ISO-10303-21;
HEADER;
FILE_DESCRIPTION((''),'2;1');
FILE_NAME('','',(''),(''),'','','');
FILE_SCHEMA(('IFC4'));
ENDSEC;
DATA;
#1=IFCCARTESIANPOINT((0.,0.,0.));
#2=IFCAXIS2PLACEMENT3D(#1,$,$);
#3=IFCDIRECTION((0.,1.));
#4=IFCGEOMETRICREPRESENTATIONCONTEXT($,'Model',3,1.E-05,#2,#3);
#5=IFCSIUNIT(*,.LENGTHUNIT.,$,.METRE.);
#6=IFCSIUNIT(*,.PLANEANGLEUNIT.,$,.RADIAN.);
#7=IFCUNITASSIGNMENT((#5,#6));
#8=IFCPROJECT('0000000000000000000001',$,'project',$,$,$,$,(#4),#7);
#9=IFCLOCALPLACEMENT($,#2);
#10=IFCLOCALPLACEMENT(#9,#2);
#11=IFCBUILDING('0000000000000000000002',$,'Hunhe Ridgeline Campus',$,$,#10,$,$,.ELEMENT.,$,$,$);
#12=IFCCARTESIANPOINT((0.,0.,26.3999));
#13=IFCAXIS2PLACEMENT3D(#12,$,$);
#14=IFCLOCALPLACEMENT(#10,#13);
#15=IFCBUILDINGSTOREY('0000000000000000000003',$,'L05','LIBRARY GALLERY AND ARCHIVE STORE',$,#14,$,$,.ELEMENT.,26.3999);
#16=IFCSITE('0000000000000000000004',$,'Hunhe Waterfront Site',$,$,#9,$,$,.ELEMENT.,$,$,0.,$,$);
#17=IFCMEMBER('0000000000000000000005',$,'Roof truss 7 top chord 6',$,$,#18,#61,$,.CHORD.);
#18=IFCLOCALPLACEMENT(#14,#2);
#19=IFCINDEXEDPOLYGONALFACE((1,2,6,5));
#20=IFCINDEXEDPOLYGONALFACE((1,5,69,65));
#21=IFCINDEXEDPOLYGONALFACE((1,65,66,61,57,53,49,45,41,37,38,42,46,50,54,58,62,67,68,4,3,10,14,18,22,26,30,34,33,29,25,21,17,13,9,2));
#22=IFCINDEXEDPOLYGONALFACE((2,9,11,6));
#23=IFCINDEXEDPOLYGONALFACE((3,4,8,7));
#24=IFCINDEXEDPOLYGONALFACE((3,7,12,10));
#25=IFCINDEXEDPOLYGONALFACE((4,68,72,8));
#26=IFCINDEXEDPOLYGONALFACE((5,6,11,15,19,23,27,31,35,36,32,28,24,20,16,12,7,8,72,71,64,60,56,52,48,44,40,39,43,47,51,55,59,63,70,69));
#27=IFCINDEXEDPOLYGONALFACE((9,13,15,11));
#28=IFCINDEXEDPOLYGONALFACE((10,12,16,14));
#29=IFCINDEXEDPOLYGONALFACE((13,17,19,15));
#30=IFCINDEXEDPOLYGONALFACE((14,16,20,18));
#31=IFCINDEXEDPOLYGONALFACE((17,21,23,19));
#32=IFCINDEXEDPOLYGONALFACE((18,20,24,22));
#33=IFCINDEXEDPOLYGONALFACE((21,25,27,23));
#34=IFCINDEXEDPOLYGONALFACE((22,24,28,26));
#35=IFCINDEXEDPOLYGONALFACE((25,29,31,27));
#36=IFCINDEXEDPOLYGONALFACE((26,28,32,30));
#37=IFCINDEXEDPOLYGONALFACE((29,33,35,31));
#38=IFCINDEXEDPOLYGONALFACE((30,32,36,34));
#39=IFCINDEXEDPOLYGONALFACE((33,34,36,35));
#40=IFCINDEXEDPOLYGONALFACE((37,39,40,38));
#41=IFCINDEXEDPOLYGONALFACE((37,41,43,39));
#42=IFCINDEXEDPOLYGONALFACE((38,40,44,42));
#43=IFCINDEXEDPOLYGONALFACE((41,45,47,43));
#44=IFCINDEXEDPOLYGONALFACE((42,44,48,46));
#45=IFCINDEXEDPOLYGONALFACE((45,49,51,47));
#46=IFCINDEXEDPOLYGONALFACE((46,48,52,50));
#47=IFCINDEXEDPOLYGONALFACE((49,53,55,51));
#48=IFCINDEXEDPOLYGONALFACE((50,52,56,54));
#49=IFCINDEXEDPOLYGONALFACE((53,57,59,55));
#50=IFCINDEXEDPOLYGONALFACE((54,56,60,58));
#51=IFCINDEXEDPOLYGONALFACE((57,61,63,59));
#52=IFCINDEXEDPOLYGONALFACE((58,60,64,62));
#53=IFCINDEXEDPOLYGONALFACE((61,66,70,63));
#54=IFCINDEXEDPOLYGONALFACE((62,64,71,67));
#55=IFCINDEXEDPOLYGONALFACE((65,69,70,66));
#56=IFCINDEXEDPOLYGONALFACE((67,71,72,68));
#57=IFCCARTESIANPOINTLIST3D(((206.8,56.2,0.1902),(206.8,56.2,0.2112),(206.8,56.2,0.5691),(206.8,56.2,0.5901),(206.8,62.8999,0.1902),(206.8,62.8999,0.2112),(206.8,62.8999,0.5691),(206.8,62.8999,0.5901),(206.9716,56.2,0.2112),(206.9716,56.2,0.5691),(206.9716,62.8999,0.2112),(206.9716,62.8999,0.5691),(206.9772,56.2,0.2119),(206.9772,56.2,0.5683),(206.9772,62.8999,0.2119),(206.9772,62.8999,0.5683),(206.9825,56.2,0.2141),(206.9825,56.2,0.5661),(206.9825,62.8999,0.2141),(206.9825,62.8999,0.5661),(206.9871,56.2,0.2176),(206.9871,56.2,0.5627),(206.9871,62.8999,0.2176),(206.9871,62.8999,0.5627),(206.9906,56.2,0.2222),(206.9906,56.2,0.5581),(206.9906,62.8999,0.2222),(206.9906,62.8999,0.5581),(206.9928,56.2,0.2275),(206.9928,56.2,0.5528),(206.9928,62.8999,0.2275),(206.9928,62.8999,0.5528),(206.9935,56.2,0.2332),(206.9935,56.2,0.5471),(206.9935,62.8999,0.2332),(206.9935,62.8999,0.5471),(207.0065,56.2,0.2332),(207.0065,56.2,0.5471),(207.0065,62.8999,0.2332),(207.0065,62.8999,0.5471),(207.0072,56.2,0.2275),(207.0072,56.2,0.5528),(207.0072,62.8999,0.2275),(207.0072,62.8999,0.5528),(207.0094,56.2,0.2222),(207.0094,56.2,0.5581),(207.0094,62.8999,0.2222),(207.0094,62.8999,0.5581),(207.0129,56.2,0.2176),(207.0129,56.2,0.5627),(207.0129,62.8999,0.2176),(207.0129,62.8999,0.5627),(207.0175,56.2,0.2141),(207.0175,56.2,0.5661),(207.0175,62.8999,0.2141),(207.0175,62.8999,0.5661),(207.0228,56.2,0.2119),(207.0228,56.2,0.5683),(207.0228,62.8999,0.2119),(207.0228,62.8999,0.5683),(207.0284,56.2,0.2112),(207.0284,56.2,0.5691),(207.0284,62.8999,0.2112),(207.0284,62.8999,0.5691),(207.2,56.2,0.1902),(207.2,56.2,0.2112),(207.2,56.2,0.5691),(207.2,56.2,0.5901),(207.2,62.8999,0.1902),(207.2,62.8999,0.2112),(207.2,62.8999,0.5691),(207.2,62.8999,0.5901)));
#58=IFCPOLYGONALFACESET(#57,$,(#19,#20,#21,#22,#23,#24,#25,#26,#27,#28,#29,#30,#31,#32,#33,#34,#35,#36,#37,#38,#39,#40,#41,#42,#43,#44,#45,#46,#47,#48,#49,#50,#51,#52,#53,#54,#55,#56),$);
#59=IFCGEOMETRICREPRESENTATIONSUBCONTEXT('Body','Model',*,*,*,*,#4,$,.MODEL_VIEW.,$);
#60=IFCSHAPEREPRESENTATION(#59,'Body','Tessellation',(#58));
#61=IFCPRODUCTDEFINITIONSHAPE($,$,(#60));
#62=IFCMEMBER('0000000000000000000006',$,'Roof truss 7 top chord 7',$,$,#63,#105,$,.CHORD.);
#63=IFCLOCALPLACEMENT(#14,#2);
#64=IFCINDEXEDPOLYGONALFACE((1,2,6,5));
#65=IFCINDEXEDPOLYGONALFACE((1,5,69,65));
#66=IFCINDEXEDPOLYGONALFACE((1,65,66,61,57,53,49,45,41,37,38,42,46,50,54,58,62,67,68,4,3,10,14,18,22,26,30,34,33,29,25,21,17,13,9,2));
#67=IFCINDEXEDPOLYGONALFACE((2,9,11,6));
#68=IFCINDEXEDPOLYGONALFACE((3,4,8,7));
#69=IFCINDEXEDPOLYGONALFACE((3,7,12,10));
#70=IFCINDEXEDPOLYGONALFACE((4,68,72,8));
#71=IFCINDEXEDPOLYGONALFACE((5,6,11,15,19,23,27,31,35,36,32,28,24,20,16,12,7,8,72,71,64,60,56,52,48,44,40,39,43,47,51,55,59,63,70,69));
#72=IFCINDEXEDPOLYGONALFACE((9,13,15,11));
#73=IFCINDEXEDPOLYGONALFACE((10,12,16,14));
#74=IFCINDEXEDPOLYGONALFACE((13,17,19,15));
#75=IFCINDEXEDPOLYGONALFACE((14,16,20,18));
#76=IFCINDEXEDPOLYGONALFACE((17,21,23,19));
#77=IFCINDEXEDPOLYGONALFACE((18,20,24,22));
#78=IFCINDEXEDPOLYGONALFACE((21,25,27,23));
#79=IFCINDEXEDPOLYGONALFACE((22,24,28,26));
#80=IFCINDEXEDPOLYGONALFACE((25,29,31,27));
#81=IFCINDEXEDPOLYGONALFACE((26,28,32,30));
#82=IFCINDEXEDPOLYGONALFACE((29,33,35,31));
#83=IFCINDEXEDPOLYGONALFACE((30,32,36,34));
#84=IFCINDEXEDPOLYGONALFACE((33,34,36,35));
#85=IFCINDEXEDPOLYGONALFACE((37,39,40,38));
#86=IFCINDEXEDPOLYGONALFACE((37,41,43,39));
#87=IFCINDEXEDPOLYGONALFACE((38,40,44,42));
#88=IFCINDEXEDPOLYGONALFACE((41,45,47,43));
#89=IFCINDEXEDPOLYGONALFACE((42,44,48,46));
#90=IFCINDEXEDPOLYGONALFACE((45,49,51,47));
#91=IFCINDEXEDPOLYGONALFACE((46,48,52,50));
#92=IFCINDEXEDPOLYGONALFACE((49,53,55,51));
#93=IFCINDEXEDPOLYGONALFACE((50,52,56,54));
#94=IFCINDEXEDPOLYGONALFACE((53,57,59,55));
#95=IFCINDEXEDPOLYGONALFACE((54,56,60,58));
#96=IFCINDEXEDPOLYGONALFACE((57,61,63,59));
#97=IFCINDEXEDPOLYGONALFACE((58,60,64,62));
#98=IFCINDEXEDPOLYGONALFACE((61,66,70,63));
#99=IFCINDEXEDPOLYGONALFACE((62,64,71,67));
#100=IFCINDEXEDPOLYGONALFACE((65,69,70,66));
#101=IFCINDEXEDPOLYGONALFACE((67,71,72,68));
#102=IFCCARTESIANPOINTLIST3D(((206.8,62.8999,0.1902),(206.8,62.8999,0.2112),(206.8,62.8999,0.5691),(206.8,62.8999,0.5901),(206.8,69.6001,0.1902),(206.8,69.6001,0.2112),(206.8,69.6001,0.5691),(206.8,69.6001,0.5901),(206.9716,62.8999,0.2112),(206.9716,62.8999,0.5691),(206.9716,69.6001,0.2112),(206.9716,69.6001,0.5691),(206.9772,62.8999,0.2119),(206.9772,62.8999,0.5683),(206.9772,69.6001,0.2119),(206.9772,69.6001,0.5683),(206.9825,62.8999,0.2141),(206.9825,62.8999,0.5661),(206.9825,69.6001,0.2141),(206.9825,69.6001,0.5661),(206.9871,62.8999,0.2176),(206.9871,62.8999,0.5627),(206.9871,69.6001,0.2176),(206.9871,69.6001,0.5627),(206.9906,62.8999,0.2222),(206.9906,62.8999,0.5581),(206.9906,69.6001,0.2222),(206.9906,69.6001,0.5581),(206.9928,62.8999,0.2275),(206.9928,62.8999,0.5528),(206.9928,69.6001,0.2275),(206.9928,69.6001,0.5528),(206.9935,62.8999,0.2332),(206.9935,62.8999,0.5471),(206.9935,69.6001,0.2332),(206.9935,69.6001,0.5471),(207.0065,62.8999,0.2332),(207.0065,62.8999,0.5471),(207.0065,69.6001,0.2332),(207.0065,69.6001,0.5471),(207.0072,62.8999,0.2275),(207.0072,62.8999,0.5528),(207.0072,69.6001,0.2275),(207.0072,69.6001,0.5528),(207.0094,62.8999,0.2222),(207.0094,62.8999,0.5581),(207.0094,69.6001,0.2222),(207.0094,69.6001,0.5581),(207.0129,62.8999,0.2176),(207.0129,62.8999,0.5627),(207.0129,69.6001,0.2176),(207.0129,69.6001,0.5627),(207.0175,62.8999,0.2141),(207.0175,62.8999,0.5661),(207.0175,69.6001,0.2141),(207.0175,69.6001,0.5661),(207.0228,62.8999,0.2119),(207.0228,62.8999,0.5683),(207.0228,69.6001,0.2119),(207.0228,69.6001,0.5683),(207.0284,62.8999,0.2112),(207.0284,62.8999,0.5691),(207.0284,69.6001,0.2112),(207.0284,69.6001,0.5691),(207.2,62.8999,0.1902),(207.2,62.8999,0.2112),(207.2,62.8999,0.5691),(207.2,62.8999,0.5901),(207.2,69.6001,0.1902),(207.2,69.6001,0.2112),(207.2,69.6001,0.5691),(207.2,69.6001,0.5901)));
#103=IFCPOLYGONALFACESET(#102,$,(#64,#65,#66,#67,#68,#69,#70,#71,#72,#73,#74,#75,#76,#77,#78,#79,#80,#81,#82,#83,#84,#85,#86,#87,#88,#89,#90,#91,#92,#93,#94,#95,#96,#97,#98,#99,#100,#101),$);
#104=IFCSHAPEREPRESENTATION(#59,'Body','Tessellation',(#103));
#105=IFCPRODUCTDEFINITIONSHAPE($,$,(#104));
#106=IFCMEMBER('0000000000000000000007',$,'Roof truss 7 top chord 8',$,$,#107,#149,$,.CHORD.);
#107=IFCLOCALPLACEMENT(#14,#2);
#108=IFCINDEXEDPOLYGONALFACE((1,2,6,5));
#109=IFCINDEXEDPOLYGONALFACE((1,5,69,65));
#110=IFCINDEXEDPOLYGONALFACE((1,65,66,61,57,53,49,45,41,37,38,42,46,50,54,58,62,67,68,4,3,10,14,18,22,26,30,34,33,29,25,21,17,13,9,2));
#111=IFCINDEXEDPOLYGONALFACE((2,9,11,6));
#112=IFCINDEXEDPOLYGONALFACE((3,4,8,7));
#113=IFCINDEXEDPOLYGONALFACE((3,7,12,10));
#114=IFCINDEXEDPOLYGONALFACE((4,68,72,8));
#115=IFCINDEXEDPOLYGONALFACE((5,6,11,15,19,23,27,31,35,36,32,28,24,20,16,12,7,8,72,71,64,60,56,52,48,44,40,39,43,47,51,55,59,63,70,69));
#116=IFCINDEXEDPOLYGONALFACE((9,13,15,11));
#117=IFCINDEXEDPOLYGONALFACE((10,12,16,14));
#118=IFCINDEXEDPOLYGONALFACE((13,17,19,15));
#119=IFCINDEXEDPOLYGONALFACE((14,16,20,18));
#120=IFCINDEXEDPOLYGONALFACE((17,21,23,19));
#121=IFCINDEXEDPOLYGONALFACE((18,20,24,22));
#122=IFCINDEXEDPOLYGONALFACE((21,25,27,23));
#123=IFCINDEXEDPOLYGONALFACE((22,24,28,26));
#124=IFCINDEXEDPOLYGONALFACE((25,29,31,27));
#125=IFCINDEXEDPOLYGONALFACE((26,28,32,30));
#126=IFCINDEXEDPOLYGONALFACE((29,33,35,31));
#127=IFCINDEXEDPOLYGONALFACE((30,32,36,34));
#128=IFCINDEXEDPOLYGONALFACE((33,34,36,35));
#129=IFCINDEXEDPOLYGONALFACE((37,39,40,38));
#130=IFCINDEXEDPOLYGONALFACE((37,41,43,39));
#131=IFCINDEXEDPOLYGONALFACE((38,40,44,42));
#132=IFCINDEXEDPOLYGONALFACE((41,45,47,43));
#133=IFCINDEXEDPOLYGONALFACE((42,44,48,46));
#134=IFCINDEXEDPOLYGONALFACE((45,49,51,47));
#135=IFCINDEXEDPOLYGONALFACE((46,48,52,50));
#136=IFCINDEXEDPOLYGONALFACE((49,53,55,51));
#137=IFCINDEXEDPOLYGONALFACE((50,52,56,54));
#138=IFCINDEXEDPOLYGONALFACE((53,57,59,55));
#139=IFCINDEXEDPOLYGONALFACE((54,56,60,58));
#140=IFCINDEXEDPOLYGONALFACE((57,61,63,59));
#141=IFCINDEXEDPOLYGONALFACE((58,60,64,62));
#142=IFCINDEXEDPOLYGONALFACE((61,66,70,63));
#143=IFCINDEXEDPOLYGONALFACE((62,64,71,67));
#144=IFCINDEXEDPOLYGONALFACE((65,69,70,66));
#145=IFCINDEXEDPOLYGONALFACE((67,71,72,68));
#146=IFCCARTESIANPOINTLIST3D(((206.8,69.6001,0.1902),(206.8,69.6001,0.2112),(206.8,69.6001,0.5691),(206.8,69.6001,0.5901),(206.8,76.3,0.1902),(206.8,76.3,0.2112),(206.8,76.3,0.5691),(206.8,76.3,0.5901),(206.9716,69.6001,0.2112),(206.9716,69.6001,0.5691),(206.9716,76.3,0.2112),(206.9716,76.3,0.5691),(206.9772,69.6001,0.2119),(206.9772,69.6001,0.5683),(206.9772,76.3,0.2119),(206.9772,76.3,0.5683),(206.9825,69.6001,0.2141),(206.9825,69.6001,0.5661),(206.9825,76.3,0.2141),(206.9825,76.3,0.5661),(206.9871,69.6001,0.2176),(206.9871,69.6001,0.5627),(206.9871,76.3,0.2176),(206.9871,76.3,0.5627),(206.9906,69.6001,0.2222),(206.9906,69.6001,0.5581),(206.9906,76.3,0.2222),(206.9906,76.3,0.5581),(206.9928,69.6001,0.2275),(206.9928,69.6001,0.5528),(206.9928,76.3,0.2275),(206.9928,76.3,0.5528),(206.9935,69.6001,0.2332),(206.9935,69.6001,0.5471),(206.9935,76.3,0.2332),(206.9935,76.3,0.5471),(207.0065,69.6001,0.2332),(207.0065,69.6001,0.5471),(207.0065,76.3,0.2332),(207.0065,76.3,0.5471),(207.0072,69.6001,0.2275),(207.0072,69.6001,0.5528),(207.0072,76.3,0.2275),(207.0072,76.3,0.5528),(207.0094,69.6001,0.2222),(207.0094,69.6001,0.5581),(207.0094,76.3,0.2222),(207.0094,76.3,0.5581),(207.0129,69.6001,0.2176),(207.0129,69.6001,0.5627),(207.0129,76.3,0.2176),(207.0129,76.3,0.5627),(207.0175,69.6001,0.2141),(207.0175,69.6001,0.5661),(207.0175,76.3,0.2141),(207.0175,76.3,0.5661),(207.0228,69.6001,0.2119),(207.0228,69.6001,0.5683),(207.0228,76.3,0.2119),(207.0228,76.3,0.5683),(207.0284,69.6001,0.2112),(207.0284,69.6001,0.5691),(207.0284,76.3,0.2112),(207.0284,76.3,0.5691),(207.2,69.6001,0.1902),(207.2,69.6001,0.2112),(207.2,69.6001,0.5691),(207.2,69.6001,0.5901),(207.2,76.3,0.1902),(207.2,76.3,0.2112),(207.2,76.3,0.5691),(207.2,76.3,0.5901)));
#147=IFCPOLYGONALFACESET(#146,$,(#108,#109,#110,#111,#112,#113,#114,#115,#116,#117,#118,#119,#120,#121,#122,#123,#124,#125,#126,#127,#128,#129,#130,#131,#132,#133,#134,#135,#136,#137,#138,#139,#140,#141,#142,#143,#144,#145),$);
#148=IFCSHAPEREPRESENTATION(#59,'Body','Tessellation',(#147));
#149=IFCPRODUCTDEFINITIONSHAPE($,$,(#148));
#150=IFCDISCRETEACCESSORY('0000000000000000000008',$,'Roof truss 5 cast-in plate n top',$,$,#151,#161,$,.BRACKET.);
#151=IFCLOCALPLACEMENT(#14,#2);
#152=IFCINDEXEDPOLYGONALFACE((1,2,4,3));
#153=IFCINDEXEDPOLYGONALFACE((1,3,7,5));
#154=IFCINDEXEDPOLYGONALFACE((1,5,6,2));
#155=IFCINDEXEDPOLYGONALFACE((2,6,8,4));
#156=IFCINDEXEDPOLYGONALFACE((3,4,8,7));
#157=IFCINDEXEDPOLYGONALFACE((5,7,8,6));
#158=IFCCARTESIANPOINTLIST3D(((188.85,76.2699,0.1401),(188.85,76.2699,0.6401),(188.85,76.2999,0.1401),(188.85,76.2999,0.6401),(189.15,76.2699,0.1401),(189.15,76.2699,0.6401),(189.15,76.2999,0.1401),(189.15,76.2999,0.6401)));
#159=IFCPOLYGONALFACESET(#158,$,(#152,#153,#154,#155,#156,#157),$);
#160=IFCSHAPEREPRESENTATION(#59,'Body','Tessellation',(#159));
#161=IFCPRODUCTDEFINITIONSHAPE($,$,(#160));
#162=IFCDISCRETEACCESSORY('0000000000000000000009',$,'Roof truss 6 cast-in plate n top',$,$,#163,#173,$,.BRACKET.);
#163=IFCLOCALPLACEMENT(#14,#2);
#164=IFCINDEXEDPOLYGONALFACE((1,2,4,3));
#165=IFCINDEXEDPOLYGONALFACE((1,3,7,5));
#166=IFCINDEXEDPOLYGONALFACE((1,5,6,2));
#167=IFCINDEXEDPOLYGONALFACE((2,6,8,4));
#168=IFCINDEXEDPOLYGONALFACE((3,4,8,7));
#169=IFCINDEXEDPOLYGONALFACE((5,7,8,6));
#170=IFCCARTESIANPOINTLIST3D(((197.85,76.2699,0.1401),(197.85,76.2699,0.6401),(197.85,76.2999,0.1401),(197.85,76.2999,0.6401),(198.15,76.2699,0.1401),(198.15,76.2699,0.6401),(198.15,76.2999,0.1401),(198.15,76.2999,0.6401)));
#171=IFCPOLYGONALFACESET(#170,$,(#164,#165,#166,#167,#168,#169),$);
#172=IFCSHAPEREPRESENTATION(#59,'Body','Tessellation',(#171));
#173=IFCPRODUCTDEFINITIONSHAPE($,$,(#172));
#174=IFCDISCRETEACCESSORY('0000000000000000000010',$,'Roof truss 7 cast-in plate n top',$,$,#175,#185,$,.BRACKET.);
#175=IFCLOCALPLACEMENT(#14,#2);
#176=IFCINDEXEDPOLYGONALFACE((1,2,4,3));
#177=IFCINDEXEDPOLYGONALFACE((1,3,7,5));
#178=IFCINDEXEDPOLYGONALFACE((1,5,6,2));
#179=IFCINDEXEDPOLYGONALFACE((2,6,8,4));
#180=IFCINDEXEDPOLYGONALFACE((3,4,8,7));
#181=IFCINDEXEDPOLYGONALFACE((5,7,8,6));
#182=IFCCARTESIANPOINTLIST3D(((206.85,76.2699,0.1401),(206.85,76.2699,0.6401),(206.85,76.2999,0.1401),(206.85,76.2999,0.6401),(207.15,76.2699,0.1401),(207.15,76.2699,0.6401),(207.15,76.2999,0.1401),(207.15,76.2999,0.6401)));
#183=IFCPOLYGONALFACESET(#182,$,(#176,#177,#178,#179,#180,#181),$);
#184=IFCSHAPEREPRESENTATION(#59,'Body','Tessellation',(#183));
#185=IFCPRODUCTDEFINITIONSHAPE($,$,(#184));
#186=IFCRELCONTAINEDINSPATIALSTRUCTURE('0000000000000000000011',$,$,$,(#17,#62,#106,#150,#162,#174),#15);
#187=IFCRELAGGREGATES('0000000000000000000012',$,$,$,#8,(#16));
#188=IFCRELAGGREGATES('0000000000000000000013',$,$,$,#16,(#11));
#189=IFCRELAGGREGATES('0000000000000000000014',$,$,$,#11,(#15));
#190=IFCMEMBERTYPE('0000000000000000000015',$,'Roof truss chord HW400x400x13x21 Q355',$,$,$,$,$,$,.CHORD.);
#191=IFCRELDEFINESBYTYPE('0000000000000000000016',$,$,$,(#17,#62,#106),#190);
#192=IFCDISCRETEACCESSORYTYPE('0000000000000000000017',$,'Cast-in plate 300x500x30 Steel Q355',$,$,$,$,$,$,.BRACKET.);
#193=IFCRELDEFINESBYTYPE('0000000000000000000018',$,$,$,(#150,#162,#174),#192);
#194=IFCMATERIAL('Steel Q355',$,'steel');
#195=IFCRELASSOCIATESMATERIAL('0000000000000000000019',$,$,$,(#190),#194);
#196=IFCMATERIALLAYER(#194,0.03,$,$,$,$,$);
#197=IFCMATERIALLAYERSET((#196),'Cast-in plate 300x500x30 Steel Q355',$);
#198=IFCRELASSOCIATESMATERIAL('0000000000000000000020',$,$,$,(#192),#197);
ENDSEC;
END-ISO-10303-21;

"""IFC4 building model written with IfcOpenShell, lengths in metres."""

from ifc_helpers import new_model, si_unit, direction, frame, origin, origin_2d, place, context, subcontext, project, spatial, rectangle, i_section, extrude, material, layer, layer_set, material_profile, profile_set, type_object, element, save


model = new_model("IFC4")

# Units and contexts
model_context = context("Model", 3, precision=1e-05, world=origin(), true_north=direction((0.0, 1.0)))
body_context = subcontext(model_context, "Body", "Model", "MODEL_VIEW")
ifc_project = project(units=[si_unit("LENGTHUNIT", "METRE"), si_unit("PLANEANGLEUNIT", "RADIAN")], contexts=[model_context])

# Site, building, storey
site_placement = place(None, origin())
site = spatial("IfcSite", under=ifc_project, at=site_placement, Name="Hunhe Waterfront Site", CompositionType="ELEMENT", RefElevation=0.0)
building_placement = place(site_placement, origin())
building = spatial("IfcBuilding", under=site, at=building_placement, Name="Hunhe Ridgeline Campus", CompositionType="ELEMENT")
storey_placement = place(building_placement, frame((0.0, 0.0, 26.3999)))
storey = spatial("IfcBuildingStorey", under=building, at=storey_placement, Name="L05", Description="LIBRARY GALLERY AND ARCHIVE STORE", CompositionType="ELEMENT", Elevation=26.3999)

# Members
ifc_material = material(Name="Steel Q355", Category="steel")
ifc_material_profile_1 = material_profile(ifc_material, i_section(OverallWidth=0.3999, OverallDepth=0.3999, WebThickness=0.0129, FlangeThickness=0.021, FilletRadius=0.022, at=origin_2d()))
ifc_profile_set_1 = profile_set([ifc_material_profile_1], Name="Steel Q355")
member_type_1 = type_object("IfcMemberType", Name="Roof truss chord HW400x400x13x21 Q355", PredefinedType="CHORD", material=ifc_profile_set_1)
for number, where, z_axis, x_axis, name in (
    (1, (207.0, 56.2, 0.3901), (0.0, 1.0, 0.0), (-1.0, 0.0, 0.0), "Roof truss 7 top chord 6"),
):
    element("IfcMember", number, at=place(storey_placement, frame(where, z_axis=z_axis, x_axis=x_axis)), inside=storey, type_object=member_type_1, Name=name, PredefinedType="CHORD", context=body_context, shape_type="SweptSolid", body=[
        extrude(i_section(OverallWidth=0.3999, OverallDepth=0.3999, WebThickness=0.0129, FlangeThickness=0.021, FilletRadius=0.022, at=origin_2d()), origin(), (0.0, 0.0, 1.0), 6.7),
    ])
member_1_placement = place(storey_placement, frame((207.0, 62.8999, 0.3901), z_axis=(0.0, 1.0, 0.0), x_axis=(-1.0, 0.0, 0.0)))
element("IfcMember", 2, at=member_1_placement, inside=storey, type_object=member_type_1, Name="Roof truss 7 top chord 7", PredefinedType="CHORD", context=body_context, shape_type="SweptSolid", body=[
    extrude(i_section(OverallWidth=0.3999, OverallDepth=0.3999, WebThickness=0.0129, FlangeThickness=0.021, FilletRadius=0.022, at=origin_2d()), origin(), (0.0, 0.0, 1.0), 6.7002),
])
member_2_placement = place(storey_placement, frame((207.0, 69.6001, 0.3901), z_axis=(0.0, 1.0, 0.0), x_axis=(-1.0, 0.0, 0.0)))
element("IfcMember", 3, at=member_2_placement, inside=storey, type_object=member_type_1, Name="Roof truss 7 top chord 8", PredefinedType="CHORD", context=body_context, shape_type="SweptSolid", body=[
    extrude(i_section(OverallWidth=0.3999, OverallDepth=0.3999, WebThickness=0.0129, FlangeThickness=0.021, FilletRadius=0.022, at=origin_2d()), origin(), (0.0, 0.0, 1.0), 6.7),
])

# Discrete accessories
ifc_layer = layer(ifc_material, 0.03)
ifc_layer_set = layer_set([ifc_layer], Name="Cast-in plate 300x500x30 Steel Q355")
discrete_accessory_type = type_object("IfcDiscreteAccessoryType", Name="Cast-in plate 300x500x30 Steel Q355", PredefinedType="BRACKET", material=ifc_layer_set)
for number, where, z_axis, x_axis, name in (
    (4, (189.0, 76.2849, 0.1401), (0.0, 0.0, 1.0), (0.0, 1.0, 0.0), "Roof truss 5 cast-in plate n top"),
    (5, (198.0, 76.2849, 0.1401), (0.0, 0.0, 1.0), (0.0, 1.0, 0.0), "Roof truss 6 cast-in plate n top"),
    (6, (207.0, 76.2849, 0.1401), (0.0, 0.0, 1.0), (0.0, 1.0, 0.0), "Roof truss 7 cast-in plate n top"),
):
    element("IfcDiscreteAccessory", number, at=place(storey_placement, frame(where, z_axis=z_axis, x_axis=x_axis)), inside=storey, type_object=discrete_accessory_type, Name=name, PredefinedType="BRACKET", context=body_context, shape_type="SweptSolid", body=[
        extrude(rectangle(XDim=0.03, YDim=0.3, at=origin_2d()), origin(), (0.0, 0.0, 1.0), 0.5),
    ])

save(model, "model.ifc")
